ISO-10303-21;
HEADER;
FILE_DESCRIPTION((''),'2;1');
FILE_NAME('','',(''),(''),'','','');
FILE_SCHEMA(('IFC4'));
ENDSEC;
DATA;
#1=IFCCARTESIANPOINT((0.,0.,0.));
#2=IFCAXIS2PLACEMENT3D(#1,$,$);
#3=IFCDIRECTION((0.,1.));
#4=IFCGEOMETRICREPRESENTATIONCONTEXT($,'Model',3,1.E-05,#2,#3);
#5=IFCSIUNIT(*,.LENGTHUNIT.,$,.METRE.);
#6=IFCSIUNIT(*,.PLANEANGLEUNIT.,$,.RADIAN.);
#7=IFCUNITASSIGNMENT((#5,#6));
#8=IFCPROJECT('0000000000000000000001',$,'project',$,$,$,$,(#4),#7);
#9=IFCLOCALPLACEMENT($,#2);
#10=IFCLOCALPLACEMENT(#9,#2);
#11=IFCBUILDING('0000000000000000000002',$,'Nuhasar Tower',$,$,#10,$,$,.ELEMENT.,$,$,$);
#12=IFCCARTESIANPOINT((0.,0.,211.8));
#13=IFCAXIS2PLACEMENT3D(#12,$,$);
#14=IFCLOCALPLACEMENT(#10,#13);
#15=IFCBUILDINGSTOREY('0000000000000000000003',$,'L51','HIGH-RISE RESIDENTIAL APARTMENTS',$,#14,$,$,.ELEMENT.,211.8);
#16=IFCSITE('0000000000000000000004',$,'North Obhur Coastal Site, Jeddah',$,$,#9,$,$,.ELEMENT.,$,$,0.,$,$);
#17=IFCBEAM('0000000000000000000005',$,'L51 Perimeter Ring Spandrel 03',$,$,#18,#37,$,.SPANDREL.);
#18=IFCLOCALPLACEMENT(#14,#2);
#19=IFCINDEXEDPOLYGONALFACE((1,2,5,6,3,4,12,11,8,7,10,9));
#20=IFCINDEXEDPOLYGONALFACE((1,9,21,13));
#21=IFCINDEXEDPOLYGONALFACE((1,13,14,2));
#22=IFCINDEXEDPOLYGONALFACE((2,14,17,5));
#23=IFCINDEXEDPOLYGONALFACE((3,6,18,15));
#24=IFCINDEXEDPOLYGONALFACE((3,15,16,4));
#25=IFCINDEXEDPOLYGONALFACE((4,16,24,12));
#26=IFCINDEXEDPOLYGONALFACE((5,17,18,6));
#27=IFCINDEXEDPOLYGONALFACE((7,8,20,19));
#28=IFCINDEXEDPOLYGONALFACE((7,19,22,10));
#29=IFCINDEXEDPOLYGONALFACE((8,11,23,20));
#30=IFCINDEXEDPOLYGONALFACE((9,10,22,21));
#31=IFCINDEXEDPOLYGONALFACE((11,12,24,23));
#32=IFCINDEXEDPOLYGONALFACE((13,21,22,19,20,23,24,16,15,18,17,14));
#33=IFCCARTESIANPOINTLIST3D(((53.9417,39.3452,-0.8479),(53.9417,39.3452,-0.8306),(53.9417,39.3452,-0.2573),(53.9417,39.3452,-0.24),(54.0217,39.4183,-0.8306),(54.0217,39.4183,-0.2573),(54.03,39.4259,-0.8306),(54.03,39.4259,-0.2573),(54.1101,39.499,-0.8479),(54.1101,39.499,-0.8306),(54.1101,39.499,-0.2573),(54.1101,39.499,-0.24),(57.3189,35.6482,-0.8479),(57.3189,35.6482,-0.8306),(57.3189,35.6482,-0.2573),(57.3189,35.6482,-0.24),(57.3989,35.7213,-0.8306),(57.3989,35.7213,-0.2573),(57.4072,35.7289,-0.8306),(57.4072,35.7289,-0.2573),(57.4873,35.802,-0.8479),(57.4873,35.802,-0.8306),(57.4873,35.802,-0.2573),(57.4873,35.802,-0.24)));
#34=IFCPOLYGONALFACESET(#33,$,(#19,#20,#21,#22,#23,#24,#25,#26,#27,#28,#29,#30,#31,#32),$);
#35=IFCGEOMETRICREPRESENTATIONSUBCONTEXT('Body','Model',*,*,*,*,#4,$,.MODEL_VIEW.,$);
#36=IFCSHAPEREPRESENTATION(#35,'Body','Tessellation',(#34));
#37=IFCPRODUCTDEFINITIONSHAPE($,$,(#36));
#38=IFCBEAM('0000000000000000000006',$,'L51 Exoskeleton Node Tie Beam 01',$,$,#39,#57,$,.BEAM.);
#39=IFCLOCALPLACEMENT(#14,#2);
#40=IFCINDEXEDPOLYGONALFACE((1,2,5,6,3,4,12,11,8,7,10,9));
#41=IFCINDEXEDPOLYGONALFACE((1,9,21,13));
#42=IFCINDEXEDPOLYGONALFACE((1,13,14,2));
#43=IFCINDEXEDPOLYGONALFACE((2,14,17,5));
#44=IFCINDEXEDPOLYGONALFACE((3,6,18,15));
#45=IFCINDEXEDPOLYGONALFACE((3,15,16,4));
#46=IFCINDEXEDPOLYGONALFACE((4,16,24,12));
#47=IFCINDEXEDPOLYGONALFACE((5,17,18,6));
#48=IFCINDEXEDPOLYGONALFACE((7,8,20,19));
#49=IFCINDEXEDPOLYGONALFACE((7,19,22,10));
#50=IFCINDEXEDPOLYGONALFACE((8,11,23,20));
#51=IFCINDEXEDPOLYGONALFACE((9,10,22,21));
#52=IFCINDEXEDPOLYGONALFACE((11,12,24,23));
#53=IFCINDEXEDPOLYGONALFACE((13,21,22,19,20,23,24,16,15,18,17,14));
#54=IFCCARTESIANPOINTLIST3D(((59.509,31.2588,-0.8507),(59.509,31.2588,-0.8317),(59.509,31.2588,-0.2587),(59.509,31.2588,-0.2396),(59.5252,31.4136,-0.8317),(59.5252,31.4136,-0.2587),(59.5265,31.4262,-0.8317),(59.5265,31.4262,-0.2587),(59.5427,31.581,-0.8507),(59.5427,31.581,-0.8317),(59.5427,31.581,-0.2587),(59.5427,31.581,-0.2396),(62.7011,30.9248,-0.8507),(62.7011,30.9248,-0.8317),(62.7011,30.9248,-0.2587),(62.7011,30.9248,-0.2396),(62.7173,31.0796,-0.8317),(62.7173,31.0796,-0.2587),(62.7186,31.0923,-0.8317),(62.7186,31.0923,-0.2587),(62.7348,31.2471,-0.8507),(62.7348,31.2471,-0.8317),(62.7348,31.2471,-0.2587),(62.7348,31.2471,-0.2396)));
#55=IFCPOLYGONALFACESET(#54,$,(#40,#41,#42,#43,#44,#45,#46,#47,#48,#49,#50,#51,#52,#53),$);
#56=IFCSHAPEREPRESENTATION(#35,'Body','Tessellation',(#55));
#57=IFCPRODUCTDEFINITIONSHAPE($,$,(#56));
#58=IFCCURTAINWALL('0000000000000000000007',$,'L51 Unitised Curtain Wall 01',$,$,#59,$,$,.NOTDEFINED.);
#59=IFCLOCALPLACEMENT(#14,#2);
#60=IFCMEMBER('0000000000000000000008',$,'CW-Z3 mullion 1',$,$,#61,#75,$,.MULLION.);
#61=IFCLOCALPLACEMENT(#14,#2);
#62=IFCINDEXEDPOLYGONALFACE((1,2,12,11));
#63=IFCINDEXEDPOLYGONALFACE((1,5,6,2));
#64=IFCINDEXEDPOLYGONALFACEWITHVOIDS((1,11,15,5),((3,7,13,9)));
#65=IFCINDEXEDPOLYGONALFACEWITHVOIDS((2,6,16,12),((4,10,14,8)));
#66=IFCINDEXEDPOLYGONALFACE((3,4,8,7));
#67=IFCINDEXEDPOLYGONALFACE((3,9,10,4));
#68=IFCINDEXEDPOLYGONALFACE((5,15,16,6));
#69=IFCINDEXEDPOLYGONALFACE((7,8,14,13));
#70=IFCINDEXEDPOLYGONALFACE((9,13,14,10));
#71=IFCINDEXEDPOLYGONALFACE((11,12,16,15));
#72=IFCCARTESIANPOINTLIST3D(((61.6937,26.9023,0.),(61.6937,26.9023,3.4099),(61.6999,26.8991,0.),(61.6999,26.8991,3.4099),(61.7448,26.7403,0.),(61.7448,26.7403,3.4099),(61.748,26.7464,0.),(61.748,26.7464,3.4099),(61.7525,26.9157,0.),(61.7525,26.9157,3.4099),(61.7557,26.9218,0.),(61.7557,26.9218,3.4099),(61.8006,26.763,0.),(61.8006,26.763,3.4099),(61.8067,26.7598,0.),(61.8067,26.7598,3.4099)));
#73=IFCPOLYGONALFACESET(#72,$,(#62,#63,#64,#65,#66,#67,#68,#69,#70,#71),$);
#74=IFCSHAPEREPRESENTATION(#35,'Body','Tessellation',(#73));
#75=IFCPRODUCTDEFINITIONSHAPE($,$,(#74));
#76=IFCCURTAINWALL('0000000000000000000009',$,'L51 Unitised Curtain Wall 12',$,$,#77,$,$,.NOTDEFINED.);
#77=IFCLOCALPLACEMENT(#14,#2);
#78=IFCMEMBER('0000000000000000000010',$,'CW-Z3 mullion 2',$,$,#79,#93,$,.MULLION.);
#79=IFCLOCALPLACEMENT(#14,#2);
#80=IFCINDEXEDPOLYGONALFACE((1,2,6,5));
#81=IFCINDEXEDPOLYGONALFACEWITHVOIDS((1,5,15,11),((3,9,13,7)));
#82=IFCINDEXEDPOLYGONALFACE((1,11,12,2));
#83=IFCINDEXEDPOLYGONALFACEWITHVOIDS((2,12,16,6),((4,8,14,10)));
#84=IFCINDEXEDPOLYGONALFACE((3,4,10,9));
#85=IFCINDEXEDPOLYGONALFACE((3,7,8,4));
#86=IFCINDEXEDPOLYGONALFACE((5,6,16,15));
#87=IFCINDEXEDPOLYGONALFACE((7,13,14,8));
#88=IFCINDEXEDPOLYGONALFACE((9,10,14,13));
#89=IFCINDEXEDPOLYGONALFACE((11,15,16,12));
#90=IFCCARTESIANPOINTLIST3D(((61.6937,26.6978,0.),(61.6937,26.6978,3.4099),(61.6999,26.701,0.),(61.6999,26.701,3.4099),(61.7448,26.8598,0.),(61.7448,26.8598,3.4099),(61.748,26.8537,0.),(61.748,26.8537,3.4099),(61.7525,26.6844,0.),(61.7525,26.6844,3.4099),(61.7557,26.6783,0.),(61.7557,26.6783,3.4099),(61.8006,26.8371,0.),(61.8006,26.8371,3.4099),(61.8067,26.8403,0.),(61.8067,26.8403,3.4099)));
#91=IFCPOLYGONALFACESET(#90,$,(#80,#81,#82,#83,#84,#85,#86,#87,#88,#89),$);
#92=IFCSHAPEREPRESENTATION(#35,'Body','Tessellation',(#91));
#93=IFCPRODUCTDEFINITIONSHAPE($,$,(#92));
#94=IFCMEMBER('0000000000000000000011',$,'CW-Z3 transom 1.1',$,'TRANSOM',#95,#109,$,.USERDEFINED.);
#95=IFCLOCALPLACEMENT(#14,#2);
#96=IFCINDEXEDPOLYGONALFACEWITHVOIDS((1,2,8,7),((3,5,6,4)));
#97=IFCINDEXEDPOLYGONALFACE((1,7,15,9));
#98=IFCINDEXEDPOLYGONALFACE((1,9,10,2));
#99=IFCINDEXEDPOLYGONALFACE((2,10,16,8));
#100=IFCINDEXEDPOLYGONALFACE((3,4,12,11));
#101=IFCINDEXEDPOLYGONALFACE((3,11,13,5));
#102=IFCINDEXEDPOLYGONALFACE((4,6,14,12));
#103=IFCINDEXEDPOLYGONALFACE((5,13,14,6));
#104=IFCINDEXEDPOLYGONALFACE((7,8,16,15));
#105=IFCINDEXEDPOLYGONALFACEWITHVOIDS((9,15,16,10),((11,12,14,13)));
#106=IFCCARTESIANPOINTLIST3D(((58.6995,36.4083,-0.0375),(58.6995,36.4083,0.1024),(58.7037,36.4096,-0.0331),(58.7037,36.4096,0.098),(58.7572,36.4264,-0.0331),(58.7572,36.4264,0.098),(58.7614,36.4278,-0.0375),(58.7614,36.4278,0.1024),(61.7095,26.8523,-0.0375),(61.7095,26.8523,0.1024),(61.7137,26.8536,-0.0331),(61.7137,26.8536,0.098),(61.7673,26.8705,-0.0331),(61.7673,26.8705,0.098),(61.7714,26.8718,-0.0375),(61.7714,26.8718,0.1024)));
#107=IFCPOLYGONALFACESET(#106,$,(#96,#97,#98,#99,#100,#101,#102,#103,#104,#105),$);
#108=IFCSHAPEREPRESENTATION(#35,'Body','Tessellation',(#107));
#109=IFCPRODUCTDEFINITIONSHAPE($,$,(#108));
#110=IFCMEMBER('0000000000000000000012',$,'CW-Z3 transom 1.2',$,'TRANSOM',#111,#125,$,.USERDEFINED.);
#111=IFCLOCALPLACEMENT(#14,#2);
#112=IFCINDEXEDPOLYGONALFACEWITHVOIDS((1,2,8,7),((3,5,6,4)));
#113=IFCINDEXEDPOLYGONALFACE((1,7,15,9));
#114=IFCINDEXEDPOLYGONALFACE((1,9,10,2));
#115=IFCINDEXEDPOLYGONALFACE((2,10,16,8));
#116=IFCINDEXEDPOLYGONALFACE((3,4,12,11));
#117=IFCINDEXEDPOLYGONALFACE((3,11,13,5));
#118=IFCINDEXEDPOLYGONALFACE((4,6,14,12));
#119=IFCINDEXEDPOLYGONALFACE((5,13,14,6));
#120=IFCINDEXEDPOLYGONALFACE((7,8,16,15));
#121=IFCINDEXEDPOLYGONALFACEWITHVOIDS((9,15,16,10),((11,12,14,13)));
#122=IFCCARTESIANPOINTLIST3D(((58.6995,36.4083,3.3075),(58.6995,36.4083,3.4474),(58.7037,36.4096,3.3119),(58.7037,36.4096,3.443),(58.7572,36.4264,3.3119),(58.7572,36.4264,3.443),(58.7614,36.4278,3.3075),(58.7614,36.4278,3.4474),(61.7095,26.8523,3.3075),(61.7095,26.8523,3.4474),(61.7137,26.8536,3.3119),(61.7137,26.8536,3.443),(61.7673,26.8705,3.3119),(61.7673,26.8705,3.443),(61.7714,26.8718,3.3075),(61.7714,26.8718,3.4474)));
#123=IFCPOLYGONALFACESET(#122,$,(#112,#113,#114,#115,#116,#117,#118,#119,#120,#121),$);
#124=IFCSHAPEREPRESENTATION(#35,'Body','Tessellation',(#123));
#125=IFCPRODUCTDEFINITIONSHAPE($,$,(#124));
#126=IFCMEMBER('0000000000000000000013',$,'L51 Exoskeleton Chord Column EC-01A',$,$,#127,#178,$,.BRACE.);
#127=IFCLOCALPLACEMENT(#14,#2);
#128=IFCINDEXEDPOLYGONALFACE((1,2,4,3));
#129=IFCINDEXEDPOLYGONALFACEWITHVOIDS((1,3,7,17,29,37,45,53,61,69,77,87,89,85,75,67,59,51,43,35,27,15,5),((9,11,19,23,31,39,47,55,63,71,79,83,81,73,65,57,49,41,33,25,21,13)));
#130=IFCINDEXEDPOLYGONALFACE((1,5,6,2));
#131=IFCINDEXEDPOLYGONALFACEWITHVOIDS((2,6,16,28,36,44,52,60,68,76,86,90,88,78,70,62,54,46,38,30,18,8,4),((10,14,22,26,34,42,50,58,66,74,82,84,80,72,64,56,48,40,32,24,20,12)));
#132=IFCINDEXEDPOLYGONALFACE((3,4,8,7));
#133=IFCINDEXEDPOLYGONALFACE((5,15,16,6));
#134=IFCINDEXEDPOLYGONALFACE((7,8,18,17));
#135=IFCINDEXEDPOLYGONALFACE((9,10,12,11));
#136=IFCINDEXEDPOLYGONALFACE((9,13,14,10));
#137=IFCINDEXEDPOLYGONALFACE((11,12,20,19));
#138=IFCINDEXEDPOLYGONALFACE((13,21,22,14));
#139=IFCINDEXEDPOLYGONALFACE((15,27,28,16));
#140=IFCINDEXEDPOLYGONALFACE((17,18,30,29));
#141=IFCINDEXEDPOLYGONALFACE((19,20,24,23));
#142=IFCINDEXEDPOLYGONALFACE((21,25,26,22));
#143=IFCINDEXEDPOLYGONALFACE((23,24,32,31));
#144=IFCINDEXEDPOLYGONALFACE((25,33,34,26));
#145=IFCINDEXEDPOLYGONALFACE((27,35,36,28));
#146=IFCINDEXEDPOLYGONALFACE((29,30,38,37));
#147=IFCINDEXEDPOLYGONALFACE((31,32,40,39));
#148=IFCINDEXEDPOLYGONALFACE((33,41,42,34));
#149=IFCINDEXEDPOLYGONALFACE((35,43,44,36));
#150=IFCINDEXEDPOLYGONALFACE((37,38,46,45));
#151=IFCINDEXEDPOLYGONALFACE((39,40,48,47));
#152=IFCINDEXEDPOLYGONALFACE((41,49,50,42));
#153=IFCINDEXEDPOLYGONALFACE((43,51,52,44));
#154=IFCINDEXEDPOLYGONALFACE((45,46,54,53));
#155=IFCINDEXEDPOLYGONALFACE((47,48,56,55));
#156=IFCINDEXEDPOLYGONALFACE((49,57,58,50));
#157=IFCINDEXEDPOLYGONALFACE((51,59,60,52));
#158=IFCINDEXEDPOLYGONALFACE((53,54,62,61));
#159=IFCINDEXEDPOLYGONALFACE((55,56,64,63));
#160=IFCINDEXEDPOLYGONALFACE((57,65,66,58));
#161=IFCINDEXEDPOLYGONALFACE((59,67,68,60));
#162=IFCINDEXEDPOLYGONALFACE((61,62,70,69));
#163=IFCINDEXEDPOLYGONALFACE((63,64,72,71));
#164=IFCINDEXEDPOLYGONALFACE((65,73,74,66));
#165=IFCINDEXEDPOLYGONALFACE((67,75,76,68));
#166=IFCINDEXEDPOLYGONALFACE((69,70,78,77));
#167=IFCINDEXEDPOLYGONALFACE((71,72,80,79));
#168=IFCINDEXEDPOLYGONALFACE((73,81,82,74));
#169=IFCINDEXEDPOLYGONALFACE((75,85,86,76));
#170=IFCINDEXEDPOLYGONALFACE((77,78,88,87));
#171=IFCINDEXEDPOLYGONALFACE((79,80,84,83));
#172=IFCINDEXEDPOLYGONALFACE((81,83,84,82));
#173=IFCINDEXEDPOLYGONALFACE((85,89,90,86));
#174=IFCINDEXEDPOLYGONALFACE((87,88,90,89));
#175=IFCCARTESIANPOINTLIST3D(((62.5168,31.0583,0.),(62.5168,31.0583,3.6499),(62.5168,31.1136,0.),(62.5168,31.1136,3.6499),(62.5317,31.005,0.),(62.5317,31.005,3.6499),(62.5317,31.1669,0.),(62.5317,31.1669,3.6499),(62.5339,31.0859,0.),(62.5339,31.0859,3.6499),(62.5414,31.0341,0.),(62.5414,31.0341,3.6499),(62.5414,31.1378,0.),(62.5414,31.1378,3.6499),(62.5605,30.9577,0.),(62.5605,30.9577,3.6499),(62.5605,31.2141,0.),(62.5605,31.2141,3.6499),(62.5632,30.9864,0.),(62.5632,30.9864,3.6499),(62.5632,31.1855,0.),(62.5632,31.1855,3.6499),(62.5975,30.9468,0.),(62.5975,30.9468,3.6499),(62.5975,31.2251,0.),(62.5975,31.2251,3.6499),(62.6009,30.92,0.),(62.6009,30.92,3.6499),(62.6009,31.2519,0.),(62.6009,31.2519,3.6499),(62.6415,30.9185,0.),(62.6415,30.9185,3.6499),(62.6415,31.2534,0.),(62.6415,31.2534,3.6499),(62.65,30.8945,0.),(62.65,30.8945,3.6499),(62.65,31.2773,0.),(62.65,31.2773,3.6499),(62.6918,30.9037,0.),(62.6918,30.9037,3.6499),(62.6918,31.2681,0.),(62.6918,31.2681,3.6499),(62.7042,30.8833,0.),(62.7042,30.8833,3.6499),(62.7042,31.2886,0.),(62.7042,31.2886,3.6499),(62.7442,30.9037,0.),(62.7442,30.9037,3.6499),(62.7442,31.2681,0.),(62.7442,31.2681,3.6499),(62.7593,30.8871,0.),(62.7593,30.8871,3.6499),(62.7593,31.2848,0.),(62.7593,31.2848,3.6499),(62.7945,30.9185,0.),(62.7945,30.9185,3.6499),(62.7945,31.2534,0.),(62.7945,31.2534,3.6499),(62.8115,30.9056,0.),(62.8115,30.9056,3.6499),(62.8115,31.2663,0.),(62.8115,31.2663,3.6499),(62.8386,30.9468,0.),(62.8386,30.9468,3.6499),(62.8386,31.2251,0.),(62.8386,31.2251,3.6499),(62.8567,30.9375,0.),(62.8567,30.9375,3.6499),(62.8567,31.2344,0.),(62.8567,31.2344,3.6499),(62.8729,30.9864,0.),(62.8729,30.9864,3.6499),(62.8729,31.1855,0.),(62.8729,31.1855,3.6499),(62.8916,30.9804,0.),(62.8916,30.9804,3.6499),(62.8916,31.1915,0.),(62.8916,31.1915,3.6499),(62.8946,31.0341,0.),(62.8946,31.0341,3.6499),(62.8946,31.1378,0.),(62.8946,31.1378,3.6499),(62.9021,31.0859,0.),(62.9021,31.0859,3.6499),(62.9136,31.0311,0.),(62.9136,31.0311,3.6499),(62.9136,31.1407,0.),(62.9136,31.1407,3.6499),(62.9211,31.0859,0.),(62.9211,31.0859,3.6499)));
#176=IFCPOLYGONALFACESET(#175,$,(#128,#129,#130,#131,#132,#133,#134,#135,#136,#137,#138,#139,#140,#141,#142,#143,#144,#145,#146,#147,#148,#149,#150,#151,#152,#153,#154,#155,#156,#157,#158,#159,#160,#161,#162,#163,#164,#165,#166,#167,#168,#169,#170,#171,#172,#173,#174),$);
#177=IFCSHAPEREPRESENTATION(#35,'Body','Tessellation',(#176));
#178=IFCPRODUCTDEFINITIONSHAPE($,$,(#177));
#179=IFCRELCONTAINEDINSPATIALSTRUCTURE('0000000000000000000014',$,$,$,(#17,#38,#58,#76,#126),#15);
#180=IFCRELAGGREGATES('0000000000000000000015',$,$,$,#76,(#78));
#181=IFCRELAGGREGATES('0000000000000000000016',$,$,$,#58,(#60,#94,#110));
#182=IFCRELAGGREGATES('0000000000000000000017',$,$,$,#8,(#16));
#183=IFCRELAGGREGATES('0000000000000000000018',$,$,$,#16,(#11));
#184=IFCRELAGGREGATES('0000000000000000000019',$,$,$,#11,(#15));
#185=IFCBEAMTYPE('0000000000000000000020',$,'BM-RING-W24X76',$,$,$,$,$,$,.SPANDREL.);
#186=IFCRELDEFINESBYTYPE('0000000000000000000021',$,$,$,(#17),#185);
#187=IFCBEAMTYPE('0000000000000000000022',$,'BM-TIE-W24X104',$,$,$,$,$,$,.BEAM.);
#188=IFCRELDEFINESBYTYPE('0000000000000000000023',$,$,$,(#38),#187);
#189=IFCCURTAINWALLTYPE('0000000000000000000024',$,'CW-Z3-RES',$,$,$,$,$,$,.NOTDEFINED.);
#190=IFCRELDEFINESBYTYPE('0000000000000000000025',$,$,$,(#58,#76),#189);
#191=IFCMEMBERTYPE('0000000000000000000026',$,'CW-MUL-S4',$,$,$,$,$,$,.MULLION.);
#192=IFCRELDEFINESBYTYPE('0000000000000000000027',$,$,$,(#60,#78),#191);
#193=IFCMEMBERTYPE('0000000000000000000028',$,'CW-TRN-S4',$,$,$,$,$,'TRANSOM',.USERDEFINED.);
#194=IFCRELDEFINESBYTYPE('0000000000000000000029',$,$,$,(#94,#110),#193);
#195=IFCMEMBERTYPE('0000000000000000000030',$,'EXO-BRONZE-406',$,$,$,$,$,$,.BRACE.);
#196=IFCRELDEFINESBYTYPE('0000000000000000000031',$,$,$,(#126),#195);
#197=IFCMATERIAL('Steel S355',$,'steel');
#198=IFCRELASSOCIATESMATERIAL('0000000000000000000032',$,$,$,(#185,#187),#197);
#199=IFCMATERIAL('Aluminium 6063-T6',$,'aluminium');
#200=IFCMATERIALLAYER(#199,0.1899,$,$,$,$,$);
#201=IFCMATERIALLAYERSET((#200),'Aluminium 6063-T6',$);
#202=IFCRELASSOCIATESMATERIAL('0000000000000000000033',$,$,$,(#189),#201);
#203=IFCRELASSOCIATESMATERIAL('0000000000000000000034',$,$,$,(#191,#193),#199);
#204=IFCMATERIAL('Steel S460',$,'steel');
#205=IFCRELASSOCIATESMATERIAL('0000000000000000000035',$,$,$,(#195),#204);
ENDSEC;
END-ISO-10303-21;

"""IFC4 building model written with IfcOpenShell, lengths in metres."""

from ifc_helpers import new_model, si_unit, direction, frame, origin, origin_2d, place, context, subcontext, project, spatial, hollow_rectangle, hollow_circle, i_section, extrude, material, layer, layer_set, material_profile, profile_set, type_object, element, aggregate, save


model = new_model("IFC4")

# Units and contexts
model_context = context("Model", 3, precision=1e-05, world=origin(), true_north=direction((0.0, 1.0)))
body_context = subcontext(model_context, "Body", "Model", "MODEL_VIEW")
ifc_project = project(units=[si_unit("LENGTHUNIT", "METRE"), si_unit("PLANEANGLEUNIT", "RADIAN")], contexts=[model_context])

# Site, building, storey
site_placement = place(None, origin())
site = spatial("IfcSite", under=ifc_project, at=site_placement, Name="North Obhur Coastal Site, Jeddah", CompositionType="ELEMENT", RefElevation=0.0)
building_placement = place(site_placement, origin())
building = spatial("IfcBuilding", under=site, at=building_placement, Name="Nuhasar Tower", CompositionType="ELEMENT")
storey_placement = place(building_placement, frame((0.0, 0.0, 211.8)))
storey = spatial("IfcBuildingStorey", under=building, at=storey_placement, Name="L51", Description="HIGH-RISE RESIDENTIAL APARTMENTS", CompositionType="ELEMENT", Elevation=211.8)

# Beams
ifc_material_1 = material(Name="Steel S355", Category="steel")
ifc_material_profile_1 = material_profile(ifc_material_1, i_section(OverallWidth=0.228, OverallDepth=0.6079, WebThickness=0.0112, FlangeThickness=0.0173, at=origin_2d()), Name="W24X76")
ifc_profile_set_1 = profile_set([ifc_material_profile_1], Name="Steel S355")
beam_type_1 = type_object("IfcBeamType", Name="BM-RING-W24X76", PredefinedType="SPANDREL", material=ifc_profile_set_1)
beam_1_placement = place(storey_placement, frame((57.4031, 35.7251, -0.5439), z_axis=(-0.67445, 0.738321, 0.0), x_axis=(-0.738321, -0.67445, 0.0)))
element("IfcBeam", 1, at=beam_1_placement, inside=storey, type_object=beam_type_1, Name="L51 Perimeter Ring Spandrel 03", PredefinedType="SPANDREL", context=body_context, shape_type="SweptSolid", body=[
    extrude(i_section(OverallWidth=0.228, OverallDepth=0.6079, WebThickness=0.0112, FlangeThickness=0.0173, at=origin_2d()), origin(), (0.0, 0.0, 1.0), 5.0073),
])
ifc_material_profile_2 = material_profile(ifc_material_1, i_section(OverallWidth=0.324, OverallDepth=0.6111, WebThickness=0.0127, FlangeThickness=0.019, at=origin_2d()), Name="W24X104")
ifc_profile_set_2 = profile_set([ifc_material_profile_2], Name="Steel S355")
beam_type_2 = type_object("IfcBeamType", Name="BM-TIE-W24X104", PredefinedType="BEAM", material=ifc_profile_set_2)
beam_2_placement = place(storey_placement, frame((59.5259, 31.4199, -0.5452), z_axis=(0.994571, -0.104059, 0.0), x_axis=(0.104059, 0.994571, 0.0)))
element("IfcBeam", 2, at=beam_2_placement, inside=storey, type_object=beam_type_2, Name="L51 Exoskeleton Node Tie Beam 01", PredefinedType="BEAM", context=body_context, shape_type="SweptSolid", body=[
    extrude(i_section(OverallWidth=0.324, OverallDepth=0.6111, WebThickness=0.0127, FlangeThickness=0.019, at=origin_2d()), origin(), (0.0, 0.0, 1.0), 3.2095),
])

# Curtain walls, members
ifc_material_2 = material(Name="Aluminium 6063-T6", Category="aluminium")
ifc_layer_1 = layer(ifc_material_2, 0.1899)
ifc_layer_set_1 = layer_set([ifc_layer_1], Name="Aluminium 6063-T6")
curtain_wall_type = type_object("IfcCurtainWallType", Name="CW-Z3-RES", PredefinedType="NOTDEFINED", material=ifc_layer_set_1)
curtain_wall_1_placement = place(storey_placement, origin())
curtain_wall_1 = element("IfcCurtainWall", 3, at=curtain_wall_1_placement, inside=storey, type_object=curtain_wall_type, Name="L51 Unitised Curtain Wall 01", PredefinedType="NOTDEFINED")
ifc_material_profile_3 = material_profile(ifc_material_2, hollow_rectangle(XDim=0.0649, YDim=0.1699, WallThickness=0.0049, at=origin_2d()), Name="CWM-4")
ifc_profile_set_3 = profile_set([ifc_material_profile_3], Name="Aluminium 6063-T6")
member_type_1 = type_object("IfcMemberType", Name="CW-MUL-S4", PredefinedType="MULLION", material=ifc_profile_set_3)
member_1_placement = place(storey_placement, frame((61.7502, 26.8311, 0.0), z_axis=(0.0, 0.0, 1.0), x_axis=(-0.953804, -0.300429, 0.0)))
member_1 = element("IfcMember", 4, at=member_1_placement, type_object=member_type_1, Name="CW-Z3 mullion 1", PredefinedType="MULLION", context=body_context, shape_type="SweptSolid", body=[
    extrude(hollow_rectangle(XDim=0.0649, YDim=0.1699, WallThickness=0.0049, at=origin_2d()), origin(), (0.0, 0.0, 1.0), 3.4099),
])
curtain_wall_2_placement = place(storey_placement, origin())
curtain_wall_2 = element("IfcCurtainWall", 5, at=curtain_wall_2_placement, inside=storey, type_object=curtain_wall_type, Name="L51 Unitised Curtain Wall 12", PredefinedType="NOTDEFINED")
member_2_placement = place(storey_placement, frame((61.7502, 26.769, 0.0), z_axis=(0.0, 0.0, 1.0), x_axis=(-0.953804, 0.300429, 0.0)))
member_2 = element("IfcMember", 6, at=member_2_placement, type_object=member_type_1, Name="CW-Z3 mullion 2", PredefinedType="MULLION", context=body_context, shape_type="SweptSolid", body=[
    extrude(hollow_rectangle(XDim=0.0649, YDim=0.1699, WallThickness=0.0049, at=origin_2d()), origin(), (0.0, 0.0, 1.0), 3.4099),
])
aggregate(curtain_wall_2, [member_2])

# Members
ifc_material_profile_4 = material_profile(ifc_material_2, hollow_rectangle(XDim=0.0649, YDim=0.1399, WallThickness=0.0044, at=origin_2d()), Name="CWT-4")
ifc_profile_set_4 = profile_set([ifc_material_profile_4], Name="Aluminium 6063-T6")
member_type_2 = type_object("IfcMemberType", Name="CW-TRN-S4", ElementType="TRANSOM", PredefinedType="USERDEFINED", material=ifc_profile_set_4)
member_3_placement = place(storey_placement, frame((61.7405, 26.8621, 0.0325), z_axis=(-0.300437, 0.953802, 0.0), x_axis=(-0.953802, -0.300437, 0.0)))
member_3 = element("IfcMember", 7, at=member_3_placement, type_object=member_type_2, Name="CW-Z3 transom 1.1", ObjectType="TRANSOM", PredefinedType="USERDEFINED", context=body_context, shape_type="SweptSolid", body=[
    extrude(hollow_rectangle(XDim=0.0649, YDim=0.1399, WallThickness=0.0044, at=origin_2d()), origin(), (0.0, 0.0, 1.0), 10.0188),
])
member_4_placement = place(storey_placement, frame((61.7405, 26.8621, 3.3774), z_axis=(-0.300437, 0.953802, 0.0), x_axis=(-0.953802, -0.300437, 0.0)))
member_4 = element("IfcMember", 8, at=member_4_placement, type_object=member_type_2, Name="CW-Z3 transom 1.2", ObjectType="TRANSOM", PredefinedType="USERDEFINED", context=body_context, shape_type="SweptSolid", body=[
    extrude(hollow_rectangle(XDim=0.0649, YDim=0.1399, WallThickness=0.0044, at=origin_2d()), origin(), (0.0, 0.0, 1.0), 10.0188),
])

# Member
ifc_material_3 = material(Name="Steel S460", Category="steel")
ifc_material_profile_5 = material_profile(ifc_material_3, hollow_circle(Radius=0.2031, WallThickness=0.019, at=origin_2d()), Name="HSS406.4X19.1")
ifc_profile_set_5 = profile_set([ifc_material_profile_5], Name="Steel S460")
member_type_3 = type_object("IfcMemberType", Name="EXO-BRONZE-406", PredefinedType="BRACE", material=ifc_profile_set_5)
for number, where, z_axis, x_axis, name in (
    (9, (62.718, 31.0859, 0.0), (0.0, 0.0, 1.0), (1.0, 0.0, 0.0), "L51 Exoskeleton Chord Column EC-01A"),
):
    element("IfcMember", number, at=place(storey_placement, frame(where, z_axis=z_axis, x_axis=x_axis)), inside=storey, type_object=member_type_3, Name=name, PredefinedType="BRACE", context=body_context, shape_type="SweptSolid", body=[
        extrude(hollow_circle(Radius=0.2031, WallThickness=0.019, at=origin_2d()), origin(), (0.0, 0.0, 1.0), 3.6499),
    ])

aggregate(curtain_wall_1, [member_1, member_3, member_4])

save(model, "model.ifc")
